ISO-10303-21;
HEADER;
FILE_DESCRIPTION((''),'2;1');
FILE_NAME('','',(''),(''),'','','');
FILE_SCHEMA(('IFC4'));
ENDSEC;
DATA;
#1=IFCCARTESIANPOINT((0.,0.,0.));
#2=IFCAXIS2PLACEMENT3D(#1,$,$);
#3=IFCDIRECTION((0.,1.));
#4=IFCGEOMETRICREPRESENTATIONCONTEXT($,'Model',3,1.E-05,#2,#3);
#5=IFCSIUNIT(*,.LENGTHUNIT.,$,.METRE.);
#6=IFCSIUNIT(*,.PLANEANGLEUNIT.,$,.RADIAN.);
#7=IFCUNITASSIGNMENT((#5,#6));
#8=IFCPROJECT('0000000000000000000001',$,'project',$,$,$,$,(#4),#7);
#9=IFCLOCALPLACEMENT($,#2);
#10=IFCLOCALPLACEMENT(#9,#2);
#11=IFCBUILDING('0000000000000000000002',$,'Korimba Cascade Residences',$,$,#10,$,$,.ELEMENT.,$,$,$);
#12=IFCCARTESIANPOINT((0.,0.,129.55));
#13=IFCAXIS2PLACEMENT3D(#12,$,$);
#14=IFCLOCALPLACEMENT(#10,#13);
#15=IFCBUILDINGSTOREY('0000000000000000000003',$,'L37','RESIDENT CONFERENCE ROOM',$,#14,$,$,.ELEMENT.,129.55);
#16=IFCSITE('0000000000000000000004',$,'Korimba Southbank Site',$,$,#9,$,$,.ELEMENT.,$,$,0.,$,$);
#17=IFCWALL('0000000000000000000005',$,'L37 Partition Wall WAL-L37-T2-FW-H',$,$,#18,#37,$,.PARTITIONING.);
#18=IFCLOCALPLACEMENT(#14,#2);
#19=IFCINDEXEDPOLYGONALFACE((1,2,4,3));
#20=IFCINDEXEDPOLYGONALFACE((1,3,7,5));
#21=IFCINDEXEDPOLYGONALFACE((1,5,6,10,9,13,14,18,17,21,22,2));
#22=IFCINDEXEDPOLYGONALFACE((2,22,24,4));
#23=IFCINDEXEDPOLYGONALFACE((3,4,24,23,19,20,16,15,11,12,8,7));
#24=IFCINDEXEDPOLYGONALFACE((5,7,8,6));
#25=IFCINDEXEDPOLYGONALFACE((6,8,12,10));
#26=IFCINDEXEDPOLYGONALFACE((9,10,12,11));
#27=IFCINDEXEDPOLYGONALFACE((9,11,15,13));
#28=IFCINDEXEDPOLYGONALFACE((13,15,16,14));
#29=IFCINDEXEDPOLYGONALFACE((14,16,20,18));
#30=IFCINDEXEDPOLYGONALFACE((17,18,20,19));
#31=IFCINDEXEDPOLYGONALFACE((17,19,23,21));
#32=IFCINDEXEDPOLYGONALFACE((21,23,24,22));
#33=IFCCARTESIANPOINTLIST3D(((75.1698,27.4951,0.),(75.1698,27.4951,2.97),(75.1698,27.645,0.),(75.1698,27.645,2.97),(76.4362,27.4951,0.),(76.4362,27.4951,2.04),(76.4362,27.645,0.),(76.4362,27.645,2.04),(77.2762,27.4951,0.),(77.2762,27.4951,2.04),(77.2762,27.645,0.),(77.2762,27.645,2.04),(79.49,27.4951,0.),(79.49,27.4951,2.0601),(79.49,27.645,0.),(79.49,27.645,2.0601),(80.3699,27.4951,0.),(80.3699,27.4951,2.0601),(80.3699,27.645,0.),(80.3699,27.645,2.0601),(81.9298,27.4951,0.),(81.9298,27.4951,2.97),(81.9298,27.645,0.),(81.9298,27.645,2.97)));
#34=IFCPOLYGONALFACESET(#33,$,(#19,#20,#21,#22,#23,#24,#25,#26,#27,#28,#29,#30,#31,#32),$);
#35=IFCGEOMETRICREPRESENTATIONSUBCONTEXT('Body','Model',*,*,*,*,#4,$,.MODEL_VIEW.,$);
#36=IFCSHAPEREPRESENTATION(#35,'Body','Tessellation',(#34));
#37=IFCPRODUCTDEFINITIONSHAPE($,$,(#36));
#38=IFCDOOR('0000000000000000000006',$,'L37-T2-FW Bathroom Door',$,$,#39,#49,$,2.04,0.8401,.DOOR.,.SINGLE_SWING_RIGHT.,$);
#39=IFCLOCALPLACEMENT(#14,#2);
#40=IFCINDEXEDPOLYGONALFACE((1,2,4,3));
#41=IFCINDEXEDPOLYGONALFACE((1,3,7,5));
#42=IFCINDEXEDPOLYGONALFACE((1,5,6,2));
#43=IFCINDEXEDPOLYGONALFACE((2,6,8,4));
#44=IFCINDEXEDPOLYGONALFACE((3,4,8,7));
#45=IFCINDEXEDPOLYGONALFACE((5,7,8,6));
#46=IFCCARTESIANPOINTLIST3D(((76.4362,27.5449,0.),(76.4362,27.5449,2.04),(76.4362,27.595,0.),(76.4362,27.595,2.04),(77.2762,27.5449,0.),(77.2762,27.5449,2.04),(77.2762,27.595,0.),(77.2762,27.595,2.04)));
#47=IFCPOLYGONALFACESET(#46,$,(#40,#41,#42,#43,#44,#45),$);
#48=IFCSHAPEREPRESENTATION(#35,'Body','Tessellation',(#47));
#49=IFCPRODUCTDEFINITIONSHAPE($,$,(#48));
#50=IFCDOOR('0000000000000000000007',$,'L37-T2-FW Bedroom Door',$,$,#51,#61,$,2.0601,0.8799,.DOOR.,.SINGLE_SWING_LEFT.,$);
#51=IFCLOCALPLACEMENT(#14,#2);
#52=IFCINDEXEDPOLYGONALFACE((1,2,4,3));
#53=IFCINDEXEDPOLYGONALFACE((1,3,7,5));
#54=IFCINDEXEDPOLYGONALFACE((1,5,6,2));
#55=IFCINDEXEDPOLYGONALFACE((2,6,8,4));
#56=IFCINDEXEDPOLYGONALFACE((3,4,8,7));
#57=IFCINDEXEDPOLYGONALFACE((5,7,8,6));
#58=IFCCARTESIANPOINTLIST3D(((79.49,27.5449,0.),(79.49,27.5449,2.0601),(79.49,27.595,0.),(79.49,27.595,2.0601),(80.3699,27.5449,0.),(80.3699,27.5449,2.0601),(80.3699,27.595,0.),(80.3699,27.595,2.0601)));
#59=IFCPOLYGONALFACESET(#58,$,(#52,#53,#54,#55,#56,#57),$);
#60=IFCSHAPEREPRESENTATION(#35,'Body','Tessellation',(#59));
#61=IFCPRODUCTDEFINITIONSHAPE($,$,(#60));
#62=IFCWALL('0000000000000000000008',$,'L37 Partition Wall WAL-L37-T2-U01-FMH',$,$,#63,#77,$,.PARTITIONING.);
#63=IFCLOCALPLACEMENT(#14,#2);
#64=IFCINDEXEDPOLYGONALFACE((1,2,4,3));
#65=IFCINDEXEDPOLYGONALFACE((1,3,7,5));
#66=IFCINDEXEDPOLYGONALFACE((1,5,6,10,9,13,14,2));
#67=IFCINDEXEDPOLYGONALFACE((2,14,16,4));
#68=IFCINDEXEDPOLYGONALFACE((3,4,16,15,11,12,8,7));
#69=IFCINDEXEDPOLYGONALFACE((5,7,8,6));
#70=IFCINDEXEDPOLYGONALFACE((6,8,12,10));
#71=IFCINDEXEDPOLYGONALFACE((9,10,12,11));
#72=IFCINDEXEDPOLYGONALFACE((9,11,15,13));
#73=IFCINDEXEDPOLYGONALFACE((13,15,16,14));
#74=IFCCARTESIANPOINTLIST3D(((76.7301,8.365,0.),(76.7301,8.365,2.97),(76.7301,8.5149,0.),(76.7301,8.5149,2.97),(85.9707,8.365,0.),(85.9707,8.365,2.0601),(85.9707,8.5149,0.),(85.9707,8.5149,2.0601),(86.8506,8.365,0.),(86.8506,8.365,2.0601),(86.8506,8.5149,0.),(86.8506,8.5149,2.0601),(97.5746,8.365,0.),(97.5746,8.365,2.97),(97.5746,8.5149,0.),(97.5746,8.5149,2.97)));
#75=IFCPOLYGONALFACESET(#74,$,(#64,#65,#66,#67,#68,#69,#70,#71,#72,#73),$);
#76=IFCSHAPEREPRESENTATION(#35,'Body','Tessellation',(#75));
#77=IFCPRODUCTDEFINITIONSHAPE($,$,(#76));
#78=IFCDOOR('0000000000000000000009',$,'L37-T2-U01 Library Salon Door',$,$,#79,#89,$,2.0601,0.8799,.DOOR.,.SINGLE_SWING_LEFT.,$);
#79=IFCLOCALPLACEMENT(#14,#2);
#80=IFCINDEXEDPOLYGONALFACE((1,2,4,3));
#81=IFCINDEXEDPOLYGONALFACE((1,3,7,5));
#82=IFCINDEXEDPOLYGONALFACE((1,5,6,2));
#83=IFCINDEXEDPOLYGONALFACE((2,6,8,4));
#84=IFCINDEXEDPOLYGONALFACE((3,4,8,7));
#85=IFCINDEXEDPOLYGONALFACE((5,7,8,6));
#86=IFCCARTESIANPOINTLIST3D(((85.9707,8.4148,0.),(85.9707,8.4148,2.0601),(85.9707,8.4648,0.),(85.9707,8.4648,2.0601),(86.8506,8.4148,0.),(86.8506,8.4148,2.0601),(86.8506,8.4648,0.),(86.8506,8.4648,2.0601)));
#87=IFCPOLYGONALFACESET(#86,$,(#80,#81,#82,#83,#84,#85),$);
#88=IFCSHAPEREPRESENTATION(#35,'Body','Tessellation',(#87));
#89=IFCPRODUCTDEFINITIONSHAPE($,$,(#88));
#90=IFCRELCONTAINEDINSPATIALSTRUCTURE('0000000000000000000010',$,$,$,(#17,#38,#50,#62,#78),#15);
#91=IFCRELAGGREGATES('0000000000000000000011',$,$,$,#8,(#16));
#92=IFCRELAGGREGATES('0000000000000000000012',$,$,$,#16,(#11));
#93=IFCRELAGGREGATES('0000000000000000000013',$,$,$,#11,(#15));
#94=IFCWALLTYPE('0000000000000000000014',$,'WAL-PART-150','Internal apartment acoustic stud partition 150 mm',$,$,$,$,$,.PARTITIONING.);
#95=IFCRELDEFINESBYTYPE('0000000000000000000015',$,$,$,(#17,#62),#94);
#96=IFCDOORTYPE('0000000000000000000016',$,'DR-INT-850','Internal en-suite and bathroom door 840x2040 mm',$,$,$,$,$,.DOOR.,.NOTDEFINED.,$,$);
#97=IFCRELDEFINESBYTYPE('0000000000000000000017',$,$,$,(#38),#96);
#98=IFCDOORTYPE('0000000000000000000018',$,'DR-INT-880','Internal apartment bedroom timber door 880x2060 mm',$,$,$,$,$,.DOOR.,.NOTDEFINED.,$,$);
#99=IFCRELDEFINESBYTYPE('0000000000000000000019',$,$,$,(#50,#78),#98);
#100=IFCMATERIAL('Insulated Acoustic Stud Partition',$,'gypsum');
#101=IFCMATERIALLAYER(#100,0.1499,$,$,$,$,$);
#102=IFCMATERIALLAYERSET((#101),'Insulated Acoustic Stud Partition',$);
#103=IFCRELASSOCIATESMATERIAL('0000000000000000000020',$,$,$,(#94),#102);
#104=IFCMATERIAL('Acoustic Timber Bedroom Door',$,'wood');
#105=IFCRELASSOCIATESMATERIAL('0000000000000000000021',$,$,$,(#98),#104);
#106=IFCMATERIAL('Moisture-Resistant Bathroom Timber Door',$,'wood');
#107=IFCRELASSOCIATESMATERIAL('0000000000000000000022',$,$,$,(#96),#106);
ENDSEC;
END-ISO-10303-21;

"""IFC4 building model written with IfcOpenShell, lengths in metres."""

from ifc_helpers import new_model, si_unit, direction, frame, frame_2d, origin, place, context, subcontext, project, spatial, rectangle, extrude, material, layer, layer_set, type_object, element, fill, save


model = new_model("IFC4")

# Units and contexts
model_context = context("Model", 3, precision=1e-05, world=origin(), true_north=direction((0.0, 1.0)))
body_context = subcontext(model_context, "Body", "Model", "MODEL_VIEW")
ifc_project = project(units=[si_unit("LENGTHUNIT", "METRE"), si_unit("PLANEANGLEUNIT", "RADIAN")], contexts=[model_context])

# Site, building, storey
site_placement = place(None, origin())
site = spatial("IfcSite", under=ifc_project, at=site_placement, Name="Korimba Southbank Site", CompositionType="ELEMENT", RefElevation=0.0)
building_placement = place(site_placement, origin())
building = spatial("IfcBuilding", under=site, at=building_placement, Name="Korimba Cascade Residences", CompositionType="ELEMENT")
storey_placement = place(building_placement, frame((0.0, 0.0, 129.55)))
storey = spatial("IfcBuildingStorey", under=building, at=storey_placement, Name="L37", Description="RESIDENT CONFERENCE ROOM", CompositionType="ELEMENT", Elevation=129.55)

# Shared definitions
ifc_material_1 = material(Name="Insulated Acoustic Stud Partition", Category="gypsum")
ifc_layer_1 = layer(ifc_material_1, 0.1499)
ifc_layer_set_1 = layer_set([ifc_layer_1], Name="Insulated Acoustic Stud Partition")
wall_type_1 = type_object("IfcWallType", Name="WAL-PART-150", Description="Internal apartment acoustic stud partition 150 mm", PredefinedType="PARTITIONING", material=ifc_layer_set_1)
ifc_material_2 = material(Name="Acoustic Timber Bedroom Door", Category="wood")
door_type_1 = type_object("IfcDoorType", Name="DR-INT-880", Description="Internal apartment bedroom timber door 880x2060 mm", OperationType="NOTDEFINED", PredefinedType="DOOR", material=ifc_material_2)

# Wall, openings, doors
wall_1_placement = place(storey_placement, frame((75.1699, 27.5701, 0.0), z_axis=(0.0, 0.0, 1.0), x_axis=(1.0, 0.0, 0.0)))
wall_1 = element("IfcWall", 1, at=wall_1_placement, inside=storey, type_object=wall_type_1, Name="L37 Partition Wall WAL-L37-T2-FW-H", PredefinedType="PARTITIONING", context=body_context, shape_type="SweptSolid", body=[
    extrude(rectangle(XDim=6.76, YDim=0.1499, at=frame_2d((3.3799, 0.0))), origin(), (0.0, 0.0, 1.0), 2.97),
])
opening_1_placement = place(wall_1_placement, frame((1.2664, 0.0, 0.0)))
opening_1 = element("IfcOpeningElement", 2, at=opening_1_placement, cuts=wall_1, PredefinedType="OPENING", context=body_context, shape_type="SweptSolid", body=[
    extrude(rectangle(XDim=0.8401, YDim=2.04, at=frame_2d((0.4199, 1.02))), frame((0.0, 0.085, 0.0), z_axis=(0.0, -1.0, 0.0), x_axis=(1.0, 0.0, 0.0)), (0.0, 0.0, 1.0), 0.1699),
])
opening_2_placement = place(wall_1_placement, frame((4.3201, 0.0, 0.0)))
opening_2 = element("IfcOpeningElement", 3, at=opening_2_placement, cuts=wall_1, PredefinedType="OPENING", context=body_context, shape_type="SweptSolid", body=[
    extrude(rectangle(XDim=0.8799, YDim=2.0601, at=frame_2d((0.4399, 1.03))), frame((0.0, 0.085, 0.0), z_axis=(0.0, -1.0, 0.0), x_axis=(1.0, 0.0, 0.0)), (0.0, 0.0, 1.0), 0.1699),
])
ifc_material_3 = material(Name="Moisture-Resistant Bathroom Timber Door", Category="wood")
door_type_2 = type_object("IfcDoorType", Name="DR-INT-850", Description="Internal en-suite and bathroom door 840x2040 mm", OperationType="NOTDEFINED", PredefinedType="DOOR", material=ifc_material_3)
door_1_placement = place(opening_1_placement, origin())
door_1 = element("IfcDoor", 4, at=door_1_placement, inside=storey, type_object=door_type_2, Name="L37-T2-FW Bathroom Door", OperationType="SINGLE_SWING_RIGHT", OverallHeight=2.04, OverallWidth=0.8401, PredefinedType="DOOR", context=body_context, shape_type="SweptSolid", body=[
    extrude(rectangle(XDim=0.8401, YDim=2.04, at=frame_2d((0.4199, 1.02))), frame((0.0, 0.0249, 0.0), z_axis=(0.0, -1.0, 0.0), x_axis=(1.0, 0.0, 0.0)), (0.0, 0.0, 1.0), 0.05),
])
fill(opening_1, door_1)
door_2_placement = place(opening_2_placement, origin())
door_2 = element("IfcDoor", 5, at=door_2_placement, inside=storey, type_object=door_type_1, Name="L37-T2-FW Bedroom Door", OperationType="SINGLE_SWING_LEFT", OverallHeight=2.0601, OverallWidth=0.8799, PredefinedType="DOOR", context=body_context, shape_type="SweptSolid", body=[
    extrude(rectangle(XDim=0.8799, YDim=2.0601, at=frame_2d((0.4399, 1.03))), frame((0.0, 0.0249, 0.0), z_axis=(0.0, -1.0, 0.0), x_axis=(1.0, 0.0, 0.0)), (0.0, 0.0, 1.0), 0.05),
])
fill(opening_2, door_2)

# Wall, opening, door
wall_2_placement = place(storey_placement, frame((76.73, 8.4399, 0.0), z_axis=(0.0, 0.0, 1.0), x_axis=(1.0, 0.0, 0.0)))
wall_2 = element("IfcWall", 6, at=wall_2_placement, inside=storey, type_object=wall_type_1, Name="L37 Partition Wall WAL-L37-T2-U01-FMH", PredefinedType="PARTITIONING", context=body_context, shape_type="SweptSolid", body=[
    extrude(rectangle(XDim=20.8445, YDim=0.1499, at=frame_2d((10.4224, 0.0))), origin(), (0.0, 0.0, 1.0), 2.97),
])
opening_3_placement = place(wall_2_placement, frame((9.2407, 0.0, 0.0)))
opening_3 = element("IfcOpeningElement", 7, at=opening_3_placement, cuts=wall_2, PredefinedType="OPENING", context=body_context, shape_type="SweptSolid", body=[
    extrude(rectangle(XDim=0.8799, YDim=2.0601, at=frame_2d((0.4399, 1.03))), frame((0.0, 0.085, 0.0), z_axis=(0.0, -1.0, 0.0), x_axis=(1.0, 0.0, 0.0)), (0.0, 0.0, 1.0), 0.1699),
])
door_3_placement = place(opening_3_placement, origin())
door_3 = element("IfcDoor", 8, at=door_3_placement, inside=storey, type_object=door_type_1, Name="L37-T2-U01 Library Salon Door", OperationType="SINGLE_SWING_LEFT", OverallHeight=2.0601, OverallWidth=0.8799, PredefinedType="DOOR", context=body_context, shape_type="SweptSolid", body=[
    extrude(rectangle(XDim=0.8799, YDim=2.0601, at=frame_2d((0.4399, 1.03))), frame((0.0, 0.0249, 0.0), z_axis=(0.0, -1.0, 0.0), x_axis=(1.0, 0.0, 0.0)), (0.0, 0.0, 1.0), 0.05),
])
fill(opening_3, door_3)

save(model, "model.ifc")
